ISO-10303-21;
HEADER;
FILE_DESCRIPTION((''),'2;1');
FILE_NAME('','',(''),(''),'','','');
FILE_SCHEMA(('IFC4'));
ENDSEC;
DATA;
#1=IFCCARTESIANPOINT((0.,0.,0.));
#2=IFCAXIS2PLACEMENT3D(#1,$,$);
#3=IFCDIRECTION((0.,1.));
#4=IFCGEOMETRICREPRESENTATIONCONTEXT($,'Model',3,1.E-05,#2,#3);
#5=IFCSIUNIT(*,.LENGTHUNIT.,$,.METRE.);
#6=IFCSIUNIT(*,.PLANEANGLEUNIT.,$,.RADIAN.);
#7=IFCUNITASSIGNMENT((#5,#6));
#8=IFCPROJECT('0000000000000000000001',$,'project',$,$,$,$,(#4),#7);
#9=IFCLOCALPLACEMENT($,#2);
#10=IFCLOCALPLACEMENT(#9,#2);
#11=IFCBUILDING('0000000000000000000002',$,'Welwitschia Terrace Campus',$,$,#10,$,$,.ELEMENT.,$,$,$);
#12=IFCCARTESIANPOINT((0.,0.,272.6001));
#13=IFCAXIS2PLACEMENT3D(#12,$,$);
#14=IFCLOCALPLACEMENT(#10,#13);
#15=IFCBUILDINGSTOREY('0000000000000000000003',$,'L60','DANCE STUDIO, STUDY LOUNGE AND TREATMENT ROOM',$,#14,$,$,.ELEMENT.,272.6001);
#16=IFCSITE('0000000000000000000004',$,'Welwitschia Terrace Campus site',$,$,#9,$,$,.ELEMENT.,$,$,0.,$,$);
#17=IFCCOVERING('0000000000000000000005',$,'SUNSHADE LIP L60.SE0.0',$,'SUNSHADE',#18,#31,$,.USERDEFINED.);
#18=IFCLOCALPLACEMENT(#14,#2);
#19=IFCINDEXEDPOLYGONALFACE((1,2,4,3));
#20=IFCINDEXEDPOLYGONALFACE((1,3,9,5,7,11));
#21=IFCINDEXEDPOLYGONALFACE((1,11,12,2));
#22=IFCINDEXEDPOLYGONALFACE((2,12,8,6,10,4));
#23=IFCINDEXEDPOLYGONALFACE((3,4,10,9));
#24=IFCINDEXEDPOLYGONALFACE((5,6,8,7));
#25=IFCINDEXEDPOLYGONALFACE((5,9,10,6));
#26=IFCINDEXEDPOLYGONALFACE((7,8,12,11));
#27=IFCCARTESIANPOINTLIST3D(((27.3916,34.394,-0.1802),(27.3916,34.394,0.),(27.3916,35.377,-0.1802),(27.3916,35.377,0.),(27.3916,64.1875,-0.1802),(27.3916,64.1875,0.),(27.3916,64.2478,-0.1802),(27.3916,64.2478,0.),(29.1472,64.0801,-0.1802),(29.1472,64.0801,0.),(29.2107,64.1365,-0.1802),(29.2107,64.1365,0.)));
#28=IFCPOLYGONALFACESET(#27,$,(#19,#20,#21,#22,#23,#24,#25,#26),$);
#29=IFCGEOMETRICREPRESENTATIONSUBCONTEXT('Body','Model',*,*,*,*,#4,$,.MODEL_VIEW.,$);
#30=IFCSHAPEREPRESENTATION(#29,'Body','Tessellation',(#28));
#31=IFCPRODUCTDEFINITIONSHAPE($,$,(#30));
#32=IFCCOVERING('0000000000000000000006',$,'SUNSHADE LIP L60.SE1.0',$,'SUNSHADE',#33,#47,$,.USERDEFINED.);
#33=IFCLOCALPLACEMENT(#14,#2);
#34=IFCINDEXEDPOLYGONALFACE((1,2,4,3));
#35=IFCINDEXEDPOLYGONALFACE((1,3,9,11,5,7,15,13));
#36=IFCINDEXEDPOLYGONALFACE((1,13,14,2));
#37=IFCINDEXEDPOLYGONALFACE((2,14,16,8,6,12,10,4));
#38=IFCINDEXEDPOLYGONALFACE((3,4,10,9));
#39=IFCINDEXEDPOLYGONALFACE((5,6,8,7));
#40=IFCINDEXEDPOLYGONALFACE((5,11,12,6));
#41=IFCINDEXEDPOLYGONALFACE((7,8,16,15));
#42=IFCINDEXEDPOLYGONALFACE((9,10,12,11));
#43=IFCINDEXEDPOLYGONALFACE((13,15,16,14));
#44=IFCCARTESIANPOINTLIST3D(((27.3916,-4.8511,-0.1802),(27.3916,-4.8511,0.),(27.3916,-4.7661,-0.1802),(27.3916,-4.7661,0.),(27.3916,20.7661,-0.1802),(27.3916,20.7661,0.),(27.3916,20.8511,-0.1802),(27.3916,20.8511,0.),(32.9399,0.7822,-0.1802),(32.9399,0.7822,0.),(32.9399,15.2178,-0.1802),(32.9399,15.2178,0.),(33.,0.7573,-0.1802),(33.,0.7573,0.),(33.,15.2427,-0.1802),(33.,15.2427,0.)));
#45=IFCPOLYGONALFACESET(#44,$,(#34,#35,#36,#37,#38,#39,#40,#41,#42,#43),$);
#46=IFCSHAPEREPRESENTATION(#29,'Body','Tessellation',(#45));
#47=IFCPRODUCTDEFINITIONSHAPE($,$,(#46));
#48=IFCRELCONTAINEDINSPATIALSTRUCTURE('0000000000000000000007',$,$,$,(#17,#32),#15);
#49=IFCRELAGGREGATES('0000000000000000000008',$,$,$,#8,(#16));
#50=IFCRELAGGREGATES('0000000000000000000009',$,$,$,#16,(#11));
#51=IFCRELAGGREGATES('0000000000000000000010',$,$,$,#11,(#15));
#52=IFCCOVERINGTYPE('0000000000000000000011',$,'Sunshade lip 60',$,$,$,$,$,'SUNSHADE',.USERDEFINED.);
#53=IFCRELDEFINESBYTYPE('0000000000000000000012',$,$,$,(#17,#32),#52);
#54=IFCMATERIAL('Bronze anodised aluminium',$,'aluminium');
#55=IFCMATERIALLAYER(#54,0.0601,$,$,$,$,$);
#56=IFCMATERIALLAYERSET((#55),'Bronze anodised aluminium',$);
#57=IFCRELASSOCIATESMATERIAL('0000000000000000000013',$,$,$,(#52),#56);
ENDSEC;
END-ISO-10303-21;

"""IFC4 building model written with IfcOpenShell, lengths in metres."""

from ifc_helpers import new_model, si_unit, direction, frame, origin, place, context, subcontext, project, spatial, polyline, outline, extrude, material, layer, layer_set, type_object, element, save


model = new_model("IFC4")

# Units and contexts
model_context = context("Model", 3, precision=1e-05, world=origin(), true_north=direction((0.0, 1.0)))
body_context = subcontext(model_context, "Body", "Model", "MODEL_VIEW")
ifc_project = project(units=[si_unit("LENGTHUNIT", "METRE"), si_unit("PLANEANGLEUNIT", "RADIAN")], contexts=[model_context])

# Site, building, storey
site_placement = place(None, origin())
site = spatial("IfcSite", under=ifc_project, at=site_placement, Name="Welwitschia Terrace Campus site", CompositionType="ELEMENT", RefElevation=0.0)
building_placement = place(site_placement, origin())
building = spatial("IfcBuilding", under=site, at=building_placement, Name="Welwitschia Terrace Campus", CompositionType="ELEMENT")
storey_placement = place(building_placement, frame((0.0, 0.0, 272.6001)))
storey = spatial("IfcBuildingStorey", under=building, at=storey_placement, Name="L60", Description="DANCE STUDIO, STUDY LOUNGE AND TREATMENT ROOM", CompositionType="ELEMENT", Elevation=272.6001)

# Coverings
ifc_material_1 = material(Name="Bronze anodised aluminium", Category="aluminium")
ifc_layer_1 = layer(ifc_material_1, 0.0601)
ifc_layer_set_1 = layer_set([ifc_layer_1], Name="Bronze anodised aluminium")
covering_type_1 = type_object("IfcCoveringType", Name="Sunshade lip 60", ElementType="SUNSHADE", PredefinedType="USERDEFINED", material=ifc_layer_set_1)
covering_1_placement = place(storey_placement, frame((0.0, 0.0, -0.1802)))
element("IfcCovering", 1, at=covering_1_placement, inside=storey, type_object=covering_type_1, Name="SUNSHADE LIP L60.SE0.0", ObjectType="SUNSHADE", PredefinedType="USERDEFINED", context=body_context, shape_type="SweptSolid", body=[
    extrude(outline(polyline([(27.3916, 34.394), (27.3916, 35.377), (29.1472, 64.0801), (27.3916, 64.1875), (27.3916, 64.2478), (29.2107, 64.1365), (27.3916, 34.394)])), origin(), (0.0, 0.0, 1.0), 0.1802),
])
covering_2_placement = place(storey_placement, frame((0.0, 0.0, -0.1802)))
element("IfcCovering", 2, at=covering_2_placement, inside=storey, type_object=covering_type_1, Name="SUNSHADE LIP L60.SE1.0", ObjectType="SUNSHADE", PredefinedType="USERDEFINED", context=body_context, shape_type="SweptSolid", body=[
    extrude(outline(polyline([(33.0, 0.7573), (27.3916, -4.8511), (27.3916, -4.7661), (32.9399, 0.7822), (32.9399, 15.2178), (27.3916, 20.7661), (27.3916, 20.8511), (33.0, 15.2427), (33.0, 0.7573)])), origin(), (0.0, 0.0, 1.0), 0.1802),
])

save(model, "model.ifc")
